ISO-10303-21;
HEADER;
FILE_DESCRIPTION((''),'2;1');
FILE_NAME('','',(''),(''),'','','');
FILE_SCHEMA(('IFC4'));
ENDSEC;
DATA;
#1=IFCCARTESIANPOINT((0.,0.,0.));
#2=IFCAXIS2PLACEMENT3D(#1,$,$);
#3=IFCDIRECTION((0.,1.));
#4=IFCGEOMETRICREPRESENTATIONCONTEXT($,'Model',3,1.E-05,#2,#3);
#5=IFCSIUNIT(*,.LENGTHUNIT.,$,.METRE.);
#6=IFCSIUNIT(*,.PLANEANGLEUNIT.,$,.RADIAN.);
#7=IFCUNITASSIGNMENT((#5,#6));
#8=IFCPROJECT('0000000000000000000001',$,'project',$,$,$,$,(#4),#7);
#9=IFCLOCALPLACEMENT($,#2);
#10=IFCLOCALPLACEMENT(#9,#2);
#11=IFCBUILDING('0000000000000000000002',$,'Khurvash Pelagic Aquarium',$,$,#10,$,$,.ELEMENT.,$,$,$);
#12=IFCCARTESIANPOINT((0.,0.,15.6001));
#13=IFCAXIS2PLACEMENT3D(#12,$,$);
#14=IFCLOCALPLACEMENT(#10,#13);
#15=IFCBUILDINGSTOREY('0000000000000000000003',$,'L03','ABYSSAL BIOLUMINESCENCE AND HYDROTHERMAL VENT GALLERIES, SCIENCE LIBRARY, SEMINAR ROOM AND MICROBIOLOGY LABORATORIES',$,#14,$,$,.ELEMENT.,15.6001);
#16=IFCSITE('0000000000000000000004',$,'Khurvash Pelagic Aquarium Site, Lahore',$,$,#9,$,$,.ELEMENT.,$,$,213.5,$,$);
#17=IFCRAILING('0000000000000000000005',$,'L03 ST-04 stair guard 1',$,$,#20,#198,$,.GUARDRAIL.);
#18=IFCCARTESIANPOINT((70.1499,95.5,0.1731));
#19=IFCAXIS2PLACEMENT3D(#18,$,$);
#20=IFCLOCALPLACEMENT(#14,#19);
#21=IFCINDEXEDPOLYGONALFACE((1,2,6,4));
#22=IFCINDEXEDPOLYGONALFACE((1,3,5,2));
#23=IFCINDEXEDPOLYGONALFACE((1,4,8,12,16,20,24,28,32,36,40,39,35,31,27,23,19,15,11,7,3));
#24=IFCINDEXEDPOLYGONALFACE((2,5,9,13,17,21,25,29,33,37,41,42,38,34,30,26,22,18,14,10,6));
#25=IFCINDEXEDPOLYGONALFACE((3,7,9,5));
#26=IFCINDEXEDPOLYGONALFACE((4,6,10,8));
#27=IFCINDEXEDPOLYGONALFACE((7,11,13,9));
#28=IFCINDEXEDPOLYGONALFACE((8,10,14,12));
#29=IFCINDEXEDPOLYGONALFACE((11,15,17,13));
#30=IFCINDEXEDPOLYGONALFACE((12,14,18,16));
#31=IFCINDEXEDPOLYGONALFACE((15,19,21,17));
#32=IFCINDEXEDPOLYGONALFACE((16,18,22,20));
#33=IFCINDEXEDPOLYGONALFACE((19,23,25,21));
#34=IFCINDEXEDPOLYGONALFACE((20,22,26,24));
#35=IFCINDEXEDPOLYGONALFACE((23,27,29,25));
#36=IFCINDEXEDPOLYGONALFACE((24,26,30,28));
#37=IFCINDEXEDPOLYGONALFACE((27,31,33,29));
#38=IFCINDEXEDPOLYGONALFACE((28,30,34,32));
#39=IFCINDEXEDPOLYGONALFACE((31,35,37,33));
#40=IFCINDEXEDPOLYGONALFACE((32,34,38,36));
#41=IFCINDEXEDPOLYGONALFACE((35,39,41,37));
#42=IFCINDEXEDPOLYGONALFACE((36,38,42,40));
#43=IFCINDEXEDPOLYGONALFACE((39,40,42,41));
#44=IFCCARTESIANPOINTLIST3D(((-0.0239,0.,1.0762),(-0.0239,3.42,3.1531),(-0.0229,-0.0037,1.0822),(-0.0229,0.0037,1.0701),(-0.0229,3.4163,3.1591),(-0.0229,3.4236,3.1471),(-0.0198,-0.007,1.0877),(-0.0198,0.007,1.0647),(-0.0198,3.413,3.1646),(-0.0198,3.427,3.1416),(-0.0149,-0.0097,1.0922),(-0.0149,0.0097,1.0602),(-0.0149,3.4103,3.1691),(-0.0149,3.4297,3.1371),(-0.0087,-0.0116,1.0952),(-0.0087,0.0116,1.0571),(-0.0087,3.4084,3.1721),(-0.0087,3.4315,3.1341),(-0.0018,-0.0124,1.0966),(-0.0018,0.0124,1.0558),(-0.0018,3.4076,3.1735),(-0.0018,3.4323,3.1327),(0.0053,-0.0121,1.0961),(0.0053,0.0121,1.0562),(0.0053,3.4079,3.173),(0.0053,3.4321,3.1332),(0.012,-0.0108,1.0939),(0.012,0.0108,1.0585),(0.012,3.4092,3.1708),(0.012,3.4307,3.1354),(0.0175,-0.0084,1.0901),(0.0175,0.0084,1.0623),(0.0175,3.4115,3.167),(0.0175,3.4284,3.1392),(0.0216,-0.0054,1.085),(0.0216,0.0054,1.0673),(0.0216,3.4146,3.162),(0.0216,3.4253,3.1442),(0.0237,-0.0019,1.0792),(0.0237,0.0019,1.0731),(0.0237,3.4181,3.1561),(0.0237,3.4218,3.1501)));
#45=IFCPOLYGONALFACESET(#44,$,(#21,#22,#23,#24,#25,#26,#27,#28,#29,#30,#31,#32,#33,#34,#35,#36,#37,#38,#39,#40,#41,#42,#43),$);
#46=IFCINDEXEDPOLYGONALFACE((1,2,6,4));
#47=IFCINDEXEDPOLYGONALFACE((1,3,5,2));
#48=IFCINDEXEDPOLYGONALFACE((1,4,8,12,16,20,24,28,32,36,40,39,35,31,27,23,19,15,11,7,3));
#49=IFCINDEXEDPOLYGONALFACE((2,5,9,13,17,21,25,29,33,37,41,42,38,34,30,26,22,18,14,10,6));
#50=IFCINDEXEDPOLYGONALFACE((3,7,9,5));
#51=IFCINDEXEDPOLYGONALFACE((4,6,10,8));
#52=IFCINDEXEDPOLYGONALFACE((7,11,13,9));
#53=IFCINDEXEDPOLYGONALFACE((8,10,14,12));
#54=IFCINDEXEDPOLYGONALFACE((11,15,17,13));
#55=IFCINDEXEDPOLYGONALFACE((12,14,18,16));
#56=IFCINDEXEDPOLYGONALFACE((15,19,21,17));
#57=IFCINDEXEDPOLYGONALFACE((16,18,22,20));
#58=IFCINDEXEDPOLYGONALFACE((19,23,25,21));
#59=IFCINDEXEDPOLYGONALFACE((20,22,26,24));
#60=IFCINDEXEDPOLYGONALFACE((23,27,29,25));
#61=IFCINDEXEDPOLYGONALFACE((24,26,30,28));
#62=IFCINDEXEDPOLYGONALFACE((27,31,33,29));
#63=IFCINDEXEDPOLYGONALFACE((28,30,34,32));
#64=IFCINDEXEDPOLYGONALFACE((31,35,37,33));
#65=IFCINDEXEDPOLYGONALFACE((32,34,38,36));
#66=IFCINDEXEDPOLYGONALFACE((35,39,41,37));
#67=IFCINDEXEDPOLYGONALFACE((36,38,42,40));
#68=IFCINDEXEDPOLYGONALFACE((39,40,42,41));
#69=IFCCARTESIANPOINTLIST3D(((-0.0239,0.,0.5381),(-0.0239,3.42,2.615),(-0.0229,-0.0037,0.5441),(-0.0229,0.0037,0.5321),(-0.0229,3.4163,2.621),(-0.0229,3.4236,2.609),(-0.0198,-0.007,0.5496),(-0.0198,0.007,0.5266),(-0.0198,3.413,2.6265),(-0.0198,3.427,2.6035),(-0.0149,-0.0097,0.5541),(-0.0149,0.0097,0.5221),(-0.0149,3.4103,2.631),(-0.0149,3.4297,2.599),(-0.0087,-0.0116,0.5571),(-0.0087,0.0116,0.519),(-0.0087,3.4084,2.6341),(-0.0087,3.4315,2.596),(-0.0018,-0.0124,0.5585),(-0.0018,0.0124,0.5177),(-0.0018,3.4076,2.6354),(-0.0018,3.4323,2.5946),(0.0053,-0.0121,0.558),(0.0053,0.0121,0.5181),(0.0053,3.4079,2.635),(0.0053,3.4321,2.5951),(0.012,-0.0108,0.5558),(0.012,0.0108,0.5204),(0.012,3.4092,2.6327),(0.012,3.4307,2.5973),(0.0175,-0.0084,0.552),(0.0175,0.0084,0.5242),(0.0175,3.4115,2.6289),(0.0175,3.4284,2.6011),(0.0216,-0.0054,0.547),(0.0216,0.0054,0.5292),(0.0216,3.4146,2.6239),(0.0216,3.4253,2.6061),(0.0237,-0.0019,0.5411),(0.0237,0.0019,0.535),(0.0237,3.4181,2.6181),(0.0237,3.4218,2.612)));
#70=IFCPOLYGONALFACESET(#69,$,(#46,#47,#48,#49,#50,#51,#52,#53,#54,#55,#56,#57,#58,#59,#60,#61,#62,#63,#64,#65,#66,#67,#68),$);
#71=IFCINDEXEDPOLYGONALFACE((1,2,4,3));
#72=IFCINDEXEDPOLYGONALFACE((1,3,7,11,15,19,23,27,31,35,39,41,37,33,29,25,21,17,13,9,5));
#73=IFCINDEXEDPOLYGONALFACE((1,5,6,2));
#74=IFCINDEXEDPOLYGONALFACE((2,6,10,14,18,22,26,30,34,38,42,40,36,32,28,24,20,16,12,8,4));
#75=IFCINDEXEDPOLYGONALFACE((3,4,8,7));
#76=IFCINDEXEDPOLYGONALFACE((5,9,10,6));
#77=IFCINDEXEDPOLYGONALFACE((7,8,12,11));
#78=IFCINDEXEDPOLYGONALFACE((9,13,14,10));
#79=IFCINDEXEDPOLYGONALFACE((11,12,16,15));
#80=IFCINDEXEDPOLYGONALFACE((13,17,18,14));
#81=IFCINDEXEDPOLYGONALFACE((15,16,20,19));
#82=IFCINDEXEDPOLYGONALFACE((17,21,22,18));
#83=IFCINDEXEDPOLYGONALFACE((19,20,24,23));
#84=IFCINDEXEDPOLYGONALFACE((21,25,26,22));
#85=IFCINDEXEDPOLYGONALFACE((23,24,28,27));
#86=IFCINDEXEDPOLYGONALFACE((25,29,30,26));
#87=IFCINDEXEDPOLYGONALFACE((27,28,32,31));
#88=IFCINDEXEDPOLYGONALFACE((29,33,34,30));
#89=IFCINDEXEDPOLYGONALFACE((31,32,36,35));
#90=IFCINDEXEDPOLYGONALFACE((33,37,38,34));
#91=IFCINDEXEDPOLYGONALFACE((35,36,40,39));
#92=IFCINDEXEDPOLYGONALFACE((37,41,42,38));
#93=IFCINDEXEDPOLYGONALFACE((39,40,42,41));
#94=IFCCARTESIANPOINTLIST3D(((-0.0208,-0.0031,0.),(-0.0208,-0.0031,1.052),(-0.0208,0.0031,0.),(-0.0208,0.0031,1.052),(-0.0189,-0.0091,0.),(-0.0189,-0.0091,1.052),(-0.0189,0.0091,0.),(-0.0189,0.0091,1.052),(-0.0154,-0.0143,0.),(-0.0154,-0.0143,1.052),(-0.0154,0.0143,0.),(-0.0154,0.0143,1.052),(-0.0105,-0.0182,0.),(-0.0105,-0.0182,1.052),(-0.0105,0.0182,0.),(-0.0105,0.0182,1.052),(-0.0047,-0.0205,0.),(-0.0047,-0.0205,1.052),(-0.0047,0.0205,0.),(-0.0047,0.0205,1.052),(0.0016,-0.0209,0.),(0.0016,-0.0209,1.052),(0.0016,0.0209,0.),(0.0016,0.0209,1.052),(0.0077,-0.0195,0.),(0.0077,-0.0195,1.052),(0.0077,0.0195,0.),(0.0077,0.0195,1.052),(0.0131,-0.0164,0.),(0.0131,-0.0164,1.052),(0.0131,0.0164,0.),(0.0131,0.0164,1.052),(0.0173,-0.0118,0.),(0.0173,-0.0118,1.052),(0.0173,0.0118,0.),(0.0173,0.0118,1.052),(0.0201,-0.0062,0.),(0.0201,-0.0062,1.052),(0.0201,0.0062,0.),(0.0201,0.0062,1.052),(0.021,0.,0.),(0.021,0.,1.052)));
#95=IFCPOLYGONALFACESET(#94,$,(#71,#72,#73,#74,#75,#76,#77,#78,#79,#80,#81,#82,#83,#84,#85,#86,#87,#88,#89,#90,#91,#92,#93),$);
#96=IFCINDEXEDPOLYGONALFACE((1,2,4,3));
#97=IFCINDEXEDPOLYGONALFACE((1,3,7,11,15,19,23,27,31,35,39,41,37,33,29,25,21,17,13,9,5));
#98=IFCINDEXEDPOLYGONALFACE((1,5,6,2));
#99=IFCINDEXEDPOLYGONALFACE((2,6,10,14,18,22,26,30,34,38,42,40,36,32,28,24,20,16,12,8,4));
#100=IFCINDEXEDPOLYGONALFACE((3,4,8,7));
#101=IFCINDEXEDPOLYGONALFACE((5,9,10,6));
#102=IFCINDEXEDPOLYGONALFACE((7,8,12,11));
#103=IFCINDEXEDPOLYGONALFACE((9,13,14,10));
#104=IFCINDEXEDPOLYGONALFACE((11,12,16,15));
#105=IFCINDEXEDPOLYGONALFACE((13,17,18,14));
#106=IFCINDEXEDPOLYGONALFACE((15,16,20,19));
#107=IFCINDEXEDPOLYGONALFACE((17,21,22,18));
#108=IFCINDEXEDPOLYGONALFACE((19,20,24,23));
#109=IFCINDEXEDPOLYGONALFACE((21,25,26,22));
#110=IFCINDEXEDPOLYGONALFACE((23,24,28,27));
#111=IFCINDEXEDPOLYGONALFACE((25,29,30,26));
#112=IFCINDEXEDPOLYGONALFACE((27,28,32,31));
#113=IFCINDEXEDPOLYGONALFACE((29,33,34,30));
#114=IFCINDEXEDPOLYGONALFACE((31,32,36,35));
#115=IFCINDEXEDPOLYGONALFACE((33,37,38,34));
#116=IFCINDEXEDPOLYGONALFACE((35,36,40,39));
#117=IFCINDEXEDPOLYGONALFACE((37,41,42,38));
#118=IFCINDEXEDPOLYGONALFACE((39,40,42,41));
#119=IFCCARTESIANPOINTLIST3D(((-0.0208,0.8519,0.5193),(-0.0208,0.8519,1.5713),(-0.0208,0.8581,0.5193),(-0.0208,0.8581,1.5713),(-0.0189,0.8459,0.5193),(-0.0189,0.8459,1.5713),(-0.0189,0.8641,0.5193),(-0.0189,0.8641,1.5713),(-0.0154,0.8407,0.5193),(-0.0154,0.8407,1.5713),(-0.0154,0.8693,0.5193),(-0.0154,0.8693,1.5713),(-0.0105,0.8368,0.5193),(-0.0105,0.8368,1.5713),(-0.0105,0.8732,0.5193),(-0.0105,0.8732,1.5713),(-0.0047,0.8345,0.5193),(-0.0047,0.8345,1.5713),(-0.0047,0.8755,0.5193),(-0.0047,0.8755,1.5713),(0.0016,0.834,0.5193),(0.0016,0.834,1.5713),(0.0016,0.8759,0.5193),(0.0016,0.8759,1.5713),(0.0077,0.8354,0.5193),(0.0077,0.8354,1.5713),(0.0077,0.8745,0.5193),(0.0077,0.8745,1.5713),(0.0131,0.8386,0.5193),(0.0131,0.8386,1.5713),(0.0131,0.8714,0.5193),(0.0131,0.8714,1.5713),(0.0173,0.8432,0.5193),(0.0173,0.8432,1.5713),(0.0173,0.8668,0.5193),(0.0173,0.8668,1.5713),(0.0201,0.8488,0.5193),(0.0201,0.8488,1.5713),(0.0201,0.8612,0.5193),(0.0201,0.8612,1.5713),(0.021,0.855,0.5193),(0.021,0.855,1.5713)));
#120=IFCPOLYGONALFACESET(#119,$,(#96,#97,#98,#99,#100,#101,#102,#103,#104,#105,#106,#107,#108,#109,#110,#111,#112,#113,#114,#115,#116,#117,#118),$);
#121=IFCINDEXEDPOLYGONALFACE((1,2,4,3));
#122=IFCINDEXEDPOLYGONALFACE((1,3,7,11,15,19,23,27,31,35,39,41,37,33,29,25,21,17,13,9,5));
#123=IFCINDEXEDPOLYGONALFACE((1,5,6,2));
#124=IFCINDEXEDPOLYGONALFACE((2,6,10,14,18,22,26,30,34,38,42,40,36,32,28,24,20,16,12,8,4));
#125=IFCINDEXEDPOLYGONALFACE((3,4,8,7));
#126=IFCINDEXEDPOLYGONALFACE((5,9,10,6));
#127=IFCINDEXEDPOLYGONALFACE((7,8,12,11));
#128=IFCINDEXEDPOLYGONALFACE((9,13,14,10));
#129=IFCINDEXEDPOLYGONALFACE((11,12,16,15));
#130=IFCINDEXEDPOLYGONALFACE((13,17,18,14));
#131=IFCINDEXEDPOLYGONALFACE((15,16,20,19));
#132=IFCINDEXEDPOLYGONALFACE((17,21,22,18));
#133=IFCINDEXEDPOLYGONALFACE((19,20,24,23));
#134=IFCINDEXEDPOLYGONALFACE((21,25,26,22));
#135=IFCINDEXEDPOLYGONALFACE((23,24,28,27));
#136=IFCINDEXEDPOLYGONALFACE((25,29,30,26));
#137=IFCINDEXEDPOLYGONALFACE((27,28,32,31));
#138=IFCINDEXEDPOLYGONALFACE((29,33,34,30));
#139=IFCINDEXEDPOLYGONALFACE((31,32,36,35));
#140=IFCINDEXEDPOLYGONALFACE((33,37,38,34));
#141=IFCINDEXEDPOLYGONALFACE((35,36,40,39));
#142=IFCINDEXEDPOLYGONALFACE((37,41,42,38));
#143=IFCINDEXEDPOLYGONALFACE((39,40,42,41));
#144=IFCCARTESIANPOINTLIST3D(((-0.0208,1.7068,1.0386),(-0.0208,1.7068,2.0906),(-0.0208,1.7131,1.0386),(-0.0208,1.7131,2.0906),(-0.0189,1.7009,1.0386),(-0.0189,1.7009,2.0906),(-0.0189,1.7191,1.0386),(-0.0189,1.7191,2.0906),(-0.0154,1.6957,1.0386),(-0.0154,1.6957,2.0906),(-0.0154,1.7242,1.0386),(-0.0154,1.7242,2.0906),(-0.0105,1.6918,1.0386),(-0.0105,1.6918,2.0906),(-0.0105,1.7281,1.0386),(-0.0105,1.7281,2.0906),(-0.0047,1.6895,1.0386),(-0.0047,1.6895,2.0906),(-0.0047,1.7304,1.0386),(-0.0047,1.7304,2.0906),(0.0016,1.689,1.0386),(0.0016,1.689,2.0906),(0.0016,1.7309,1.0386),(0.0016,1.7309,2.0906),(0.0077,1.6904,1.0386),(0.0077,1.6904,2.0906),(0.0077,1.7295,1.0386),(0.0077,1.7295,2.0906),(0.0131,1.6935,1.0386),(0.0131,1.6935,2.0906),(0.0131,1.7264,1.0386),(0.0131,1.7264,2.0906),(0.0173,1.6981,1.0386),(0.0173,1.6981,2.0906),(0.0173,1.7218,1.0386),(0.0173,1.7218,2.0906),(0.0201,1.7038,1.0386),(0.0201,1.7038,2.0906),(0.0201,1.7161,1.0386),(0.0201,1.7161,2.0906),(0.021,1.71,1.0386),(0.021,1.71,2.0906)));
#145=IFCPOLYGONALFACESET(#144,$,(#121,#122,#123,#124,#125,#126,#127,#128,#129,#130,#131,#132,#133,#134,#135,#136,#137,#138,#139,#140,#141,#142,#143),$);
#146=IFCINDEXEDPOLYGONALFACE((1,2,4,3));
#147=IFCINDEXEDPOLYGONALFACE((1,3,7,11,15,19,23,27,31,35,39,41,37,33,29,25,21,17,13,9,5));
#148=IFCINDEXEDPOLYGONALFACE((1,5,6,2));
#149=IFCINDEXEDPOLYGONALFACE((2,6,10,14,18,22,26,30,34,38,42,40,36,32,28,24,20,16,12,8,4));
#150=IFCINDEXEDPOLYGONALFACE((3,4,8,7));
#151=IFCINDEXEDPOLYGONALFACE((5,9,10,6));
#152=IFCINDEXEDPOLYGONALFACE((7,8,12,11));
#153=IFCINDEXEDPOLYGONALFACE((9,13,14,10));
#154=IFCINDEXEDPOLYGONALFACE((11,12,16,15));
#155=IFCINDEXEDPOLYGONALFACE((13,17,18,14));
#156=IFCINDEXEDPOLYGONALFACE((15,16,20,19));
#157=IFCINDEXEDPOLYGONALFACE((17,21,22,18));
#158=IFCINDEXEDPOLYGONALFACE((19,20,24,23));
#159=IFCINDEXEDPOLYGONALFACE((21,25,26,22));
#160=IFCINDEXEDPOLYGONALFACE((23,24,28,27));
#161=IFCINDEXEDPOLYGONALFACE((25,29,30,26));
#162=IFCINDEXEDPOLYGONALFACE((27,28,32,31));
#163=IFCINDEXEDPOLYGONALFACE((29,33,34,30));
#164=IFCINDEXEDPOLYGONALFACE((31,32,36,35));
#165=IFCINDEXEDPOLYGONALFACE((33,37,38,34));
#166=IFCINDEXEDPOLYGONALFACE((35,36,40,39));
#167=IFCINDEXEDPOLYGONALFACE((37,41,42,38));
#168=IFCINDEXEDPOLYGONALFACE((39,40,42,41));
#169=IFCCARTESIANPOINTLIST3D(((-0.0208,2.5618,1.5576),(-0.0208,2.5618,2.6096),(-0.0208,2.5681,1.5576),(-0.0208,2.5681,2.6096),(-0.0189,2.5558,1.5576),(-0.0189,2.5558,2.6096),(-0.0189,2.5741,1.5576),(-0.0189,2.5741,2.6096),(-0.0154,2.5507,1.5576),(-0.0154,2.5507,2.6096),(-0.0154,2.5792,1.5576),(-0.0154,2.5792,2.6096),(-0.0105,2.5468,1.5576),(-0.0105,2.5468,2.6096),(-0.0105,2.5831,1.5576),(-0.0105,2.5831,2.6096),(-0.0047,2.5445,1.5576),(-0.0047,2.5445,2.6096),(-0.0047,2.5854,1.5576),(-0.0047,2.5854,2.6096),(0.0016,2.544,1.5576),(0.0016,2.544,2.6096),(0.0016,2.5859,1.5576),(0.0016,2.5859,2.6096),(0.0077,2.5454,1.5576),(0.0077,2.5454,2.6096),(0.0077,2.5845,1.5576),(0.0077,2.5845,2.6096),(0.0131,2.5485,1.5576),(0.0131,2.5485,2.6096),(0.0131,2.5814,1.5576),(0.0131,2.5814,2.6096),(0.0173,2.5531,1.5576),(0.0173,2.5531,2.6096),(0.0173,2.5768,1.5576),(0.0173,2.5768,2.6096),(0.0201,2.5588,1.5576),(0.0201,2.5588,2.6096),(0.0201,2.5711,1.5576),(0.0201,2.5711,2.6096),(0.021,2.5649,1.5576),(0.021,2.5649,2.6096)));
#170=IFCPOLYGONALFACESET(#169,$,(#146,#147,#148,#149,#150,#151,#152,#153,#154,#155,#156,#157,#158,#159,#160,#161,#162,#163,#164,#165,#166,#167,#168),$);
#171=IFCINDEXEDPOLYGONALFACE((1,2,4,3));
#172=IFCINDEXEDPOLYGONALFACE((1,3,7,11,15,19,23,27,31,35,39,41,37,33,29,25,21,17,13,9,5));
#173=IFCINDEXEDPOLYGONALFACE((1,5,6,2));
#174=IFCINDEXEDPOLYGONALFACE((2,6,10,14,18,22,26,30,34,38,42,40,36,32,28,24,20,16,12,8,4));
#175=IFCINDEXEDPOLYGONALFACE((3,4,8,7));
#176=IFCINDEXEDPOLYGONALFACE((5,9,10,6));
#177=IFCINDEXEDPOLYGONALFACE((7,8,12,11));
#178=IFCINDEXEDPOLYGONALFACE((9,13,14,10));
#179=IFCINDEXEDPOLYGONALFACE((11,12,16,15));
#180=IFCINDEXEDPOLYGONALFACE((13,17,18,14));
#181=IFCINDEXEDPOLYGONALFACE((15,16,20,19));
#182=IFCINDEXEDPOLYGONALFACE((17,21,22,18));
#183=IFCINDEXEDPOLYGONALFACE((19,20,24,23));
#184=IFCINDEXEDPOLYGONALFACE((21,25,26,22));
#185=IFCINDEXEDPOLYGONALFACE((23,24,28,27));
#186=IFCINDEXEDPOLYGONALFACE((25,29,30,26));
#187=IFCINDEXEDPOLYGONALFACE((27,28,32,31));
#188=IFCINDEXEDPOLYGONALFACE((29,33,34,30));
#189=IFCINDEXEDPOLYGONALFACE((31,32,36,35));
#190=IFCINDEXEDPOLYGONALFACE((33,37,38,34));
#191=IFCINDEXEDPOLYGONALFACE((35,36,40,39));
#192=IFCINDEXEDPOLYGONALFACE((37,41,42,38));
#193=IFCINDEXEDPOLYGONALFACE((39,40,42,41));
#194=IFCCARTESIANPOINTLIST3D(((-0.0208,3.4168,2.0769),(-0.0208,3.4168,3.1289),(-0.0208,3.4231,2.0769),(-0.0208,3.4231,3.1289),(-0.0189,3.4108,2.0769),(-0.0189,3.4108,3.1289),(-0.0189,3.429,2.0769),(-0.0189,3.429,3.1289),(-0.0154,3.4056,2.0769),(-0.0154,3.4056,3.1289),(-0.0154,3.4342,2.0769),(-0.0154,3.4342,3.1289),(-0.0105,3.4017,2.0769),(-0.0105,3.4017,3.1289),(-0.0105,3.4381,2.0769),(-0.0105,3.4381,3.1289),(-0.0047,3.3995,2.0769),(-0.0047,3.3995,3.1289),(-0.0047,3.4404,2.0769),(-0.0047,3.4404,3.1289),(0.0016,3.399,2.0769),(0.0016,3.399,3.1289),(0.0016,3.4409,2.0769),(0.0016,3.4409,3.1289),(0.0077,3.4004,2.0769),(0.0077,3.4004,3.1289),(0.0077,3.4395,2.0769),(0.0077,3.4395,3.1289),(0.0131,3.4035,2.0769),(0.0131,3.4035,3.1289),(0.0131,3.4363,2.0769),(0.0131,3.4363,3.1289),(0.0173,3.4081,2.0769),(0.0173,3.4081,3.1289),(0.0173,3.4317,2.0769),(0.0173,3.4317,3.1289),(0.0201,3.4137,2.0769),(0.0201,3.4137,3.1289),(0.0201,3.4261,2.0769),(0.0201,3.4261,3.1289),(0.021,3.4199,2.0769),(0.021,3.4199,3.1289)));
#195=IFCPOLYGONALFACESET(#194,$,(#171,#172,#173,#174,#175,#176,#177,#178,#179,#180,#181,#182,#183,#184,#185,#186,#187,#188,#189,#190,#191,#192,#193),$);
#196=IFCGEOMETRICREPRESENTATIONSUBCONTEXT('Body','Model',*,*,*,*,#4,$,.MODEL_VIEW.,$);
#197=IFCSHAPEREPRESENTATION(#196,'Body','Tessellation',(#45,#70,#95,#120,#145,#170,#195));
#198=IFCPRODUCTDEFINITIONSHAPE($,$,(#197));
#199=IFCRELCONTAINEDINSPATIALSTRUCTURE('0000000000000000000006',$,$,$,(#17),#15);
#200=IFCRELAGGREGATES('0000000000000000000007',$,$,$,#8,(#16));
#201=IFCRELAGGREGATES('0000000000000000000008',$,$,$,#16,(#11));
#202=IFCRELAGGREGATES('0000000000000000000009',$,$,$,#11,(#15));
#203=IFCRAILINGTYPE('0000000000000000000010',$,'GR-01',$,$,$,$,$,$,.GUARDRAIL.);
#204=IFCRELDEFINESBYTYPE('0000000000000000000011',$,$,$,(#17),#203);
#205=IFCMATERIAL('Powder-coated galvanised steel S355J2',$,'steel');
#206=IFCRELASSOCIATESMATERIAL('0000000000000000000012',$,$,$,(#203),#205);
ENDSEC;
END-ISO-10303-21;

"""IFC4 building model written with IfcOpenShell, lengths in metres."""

from ifc_helpers import new_model, si_unit, direction, frame, origin, origin_2d, place, context, subcontext, project, spatial, circle, extrude, material, type_object, element, save


model = new_model("IFC4")

# Units and contexts
model_context = context("Model", 3, precision=1e-05, world=origin(), true_north=direction((0.0, 1.0)))
body_context = subcontext(model_context, "Body", "Model", "MODEL_VIEW")
ifc_project = project(units=[si_unit("LENGTHUNIT", "METRE"), si_unit("PLANEANGLEUNIT", "RADIAN")], contexts=[model_context])

# Site, building, storey
site_placement = place(None, origin())
site = spatial("IfcSite", under=ifc_project, at=site_placement, Name="Khurvash Pelagic Aquarium Site, Lahore", CompositionType="ELEMENT", RefElevation=213.5)
building_placement = place(site_placement, origin())
building = spatial("IfcBuilding", under=site, at=building_placement, Name="Khurvash Pelagic Aquarium", CompositionType="ELEMENT")
storey_placement = place(building_placement, frame((0.0, 0.0, 15.6001)))
storey = spatial("IfcBuildingStorey", under=building, at=storey_placement, Name="L03", Description="ABYSSAL BIOLUMINESCENCE AND HYDROTHERMAL VENT GALLERIES, SCIENCE LIBRARY, SEMINAR ROOM AND MICROBIOLOGY LABORATORIES", CompositionType="ELEMENT", Elevation=15.6001)

# Railing
ifc_material_1 = material(Name="Powder-coated galvanised steel S355J2", Category="steel")
railing_type_1 = type_object("IfcRailingType", Name="GR-01", PredefinedType="GUARDRAIL", material=ifc_material_1)
railing_1_placement = place(storey_placement, frame((70.1499, 95.5, 0.1731)))
element("IfcRailing", 1, at=railing_1_placement, inside=storey, type_object=railing_type_1, Name="L03 ST-04 stair guard 1", PredefinedType="GUARDRAIL", context=body_context, shape_type="SweptSolid", body=[
    extrude(circle(Radius=0.0239, at=origin_2d()), frame((0.0, 0.0, 1.0762), z_axis=(0.0, 0.85473, 0.519074), x_axis=(-1.0, 0.0, 0.0)), (0.0, 0.0, 1.0), 4.0012),
    extrude(circle(Radius=0.0239, at=origin_2d()), frame((0.0, 0.0, 0.5381), z_axis=(0.0, 0.85473, 0.519074), x_axis=(-1.0, 0.0, 0.0)), (0.0, 0.0, 1.0), 4.0012),
    extrude(circle(Radius=0.021, at=origin_2d()), origin(), (0.0, 0.0, 1.0), 1.052),
    extrude(circle(Radius=0.021, at=origin_2d()), frame((0.0, 0.855, 0.5193)), (0.0, 0.0, 1.0), 1.052),
    extrude(circle(Radius=0.021, at=origin_2d()), frame((0.0, 1.71, 1.0386)), (0.0, 0.0, 1.0), 1.052),
    extrude(circle(Radius=0.021, at=origin_2d()), frame((0.0, 2.5649, 1.5576)), (0.0, 0.0, 1.0), 1.052),
    extrude(circle(Radius=0.021, at=origin_2d()), frame((0.0, 3.4199, 2.0769)), (0.0, 0.0, 1.0), 1.052),
])

save(model, "model.ifc")
